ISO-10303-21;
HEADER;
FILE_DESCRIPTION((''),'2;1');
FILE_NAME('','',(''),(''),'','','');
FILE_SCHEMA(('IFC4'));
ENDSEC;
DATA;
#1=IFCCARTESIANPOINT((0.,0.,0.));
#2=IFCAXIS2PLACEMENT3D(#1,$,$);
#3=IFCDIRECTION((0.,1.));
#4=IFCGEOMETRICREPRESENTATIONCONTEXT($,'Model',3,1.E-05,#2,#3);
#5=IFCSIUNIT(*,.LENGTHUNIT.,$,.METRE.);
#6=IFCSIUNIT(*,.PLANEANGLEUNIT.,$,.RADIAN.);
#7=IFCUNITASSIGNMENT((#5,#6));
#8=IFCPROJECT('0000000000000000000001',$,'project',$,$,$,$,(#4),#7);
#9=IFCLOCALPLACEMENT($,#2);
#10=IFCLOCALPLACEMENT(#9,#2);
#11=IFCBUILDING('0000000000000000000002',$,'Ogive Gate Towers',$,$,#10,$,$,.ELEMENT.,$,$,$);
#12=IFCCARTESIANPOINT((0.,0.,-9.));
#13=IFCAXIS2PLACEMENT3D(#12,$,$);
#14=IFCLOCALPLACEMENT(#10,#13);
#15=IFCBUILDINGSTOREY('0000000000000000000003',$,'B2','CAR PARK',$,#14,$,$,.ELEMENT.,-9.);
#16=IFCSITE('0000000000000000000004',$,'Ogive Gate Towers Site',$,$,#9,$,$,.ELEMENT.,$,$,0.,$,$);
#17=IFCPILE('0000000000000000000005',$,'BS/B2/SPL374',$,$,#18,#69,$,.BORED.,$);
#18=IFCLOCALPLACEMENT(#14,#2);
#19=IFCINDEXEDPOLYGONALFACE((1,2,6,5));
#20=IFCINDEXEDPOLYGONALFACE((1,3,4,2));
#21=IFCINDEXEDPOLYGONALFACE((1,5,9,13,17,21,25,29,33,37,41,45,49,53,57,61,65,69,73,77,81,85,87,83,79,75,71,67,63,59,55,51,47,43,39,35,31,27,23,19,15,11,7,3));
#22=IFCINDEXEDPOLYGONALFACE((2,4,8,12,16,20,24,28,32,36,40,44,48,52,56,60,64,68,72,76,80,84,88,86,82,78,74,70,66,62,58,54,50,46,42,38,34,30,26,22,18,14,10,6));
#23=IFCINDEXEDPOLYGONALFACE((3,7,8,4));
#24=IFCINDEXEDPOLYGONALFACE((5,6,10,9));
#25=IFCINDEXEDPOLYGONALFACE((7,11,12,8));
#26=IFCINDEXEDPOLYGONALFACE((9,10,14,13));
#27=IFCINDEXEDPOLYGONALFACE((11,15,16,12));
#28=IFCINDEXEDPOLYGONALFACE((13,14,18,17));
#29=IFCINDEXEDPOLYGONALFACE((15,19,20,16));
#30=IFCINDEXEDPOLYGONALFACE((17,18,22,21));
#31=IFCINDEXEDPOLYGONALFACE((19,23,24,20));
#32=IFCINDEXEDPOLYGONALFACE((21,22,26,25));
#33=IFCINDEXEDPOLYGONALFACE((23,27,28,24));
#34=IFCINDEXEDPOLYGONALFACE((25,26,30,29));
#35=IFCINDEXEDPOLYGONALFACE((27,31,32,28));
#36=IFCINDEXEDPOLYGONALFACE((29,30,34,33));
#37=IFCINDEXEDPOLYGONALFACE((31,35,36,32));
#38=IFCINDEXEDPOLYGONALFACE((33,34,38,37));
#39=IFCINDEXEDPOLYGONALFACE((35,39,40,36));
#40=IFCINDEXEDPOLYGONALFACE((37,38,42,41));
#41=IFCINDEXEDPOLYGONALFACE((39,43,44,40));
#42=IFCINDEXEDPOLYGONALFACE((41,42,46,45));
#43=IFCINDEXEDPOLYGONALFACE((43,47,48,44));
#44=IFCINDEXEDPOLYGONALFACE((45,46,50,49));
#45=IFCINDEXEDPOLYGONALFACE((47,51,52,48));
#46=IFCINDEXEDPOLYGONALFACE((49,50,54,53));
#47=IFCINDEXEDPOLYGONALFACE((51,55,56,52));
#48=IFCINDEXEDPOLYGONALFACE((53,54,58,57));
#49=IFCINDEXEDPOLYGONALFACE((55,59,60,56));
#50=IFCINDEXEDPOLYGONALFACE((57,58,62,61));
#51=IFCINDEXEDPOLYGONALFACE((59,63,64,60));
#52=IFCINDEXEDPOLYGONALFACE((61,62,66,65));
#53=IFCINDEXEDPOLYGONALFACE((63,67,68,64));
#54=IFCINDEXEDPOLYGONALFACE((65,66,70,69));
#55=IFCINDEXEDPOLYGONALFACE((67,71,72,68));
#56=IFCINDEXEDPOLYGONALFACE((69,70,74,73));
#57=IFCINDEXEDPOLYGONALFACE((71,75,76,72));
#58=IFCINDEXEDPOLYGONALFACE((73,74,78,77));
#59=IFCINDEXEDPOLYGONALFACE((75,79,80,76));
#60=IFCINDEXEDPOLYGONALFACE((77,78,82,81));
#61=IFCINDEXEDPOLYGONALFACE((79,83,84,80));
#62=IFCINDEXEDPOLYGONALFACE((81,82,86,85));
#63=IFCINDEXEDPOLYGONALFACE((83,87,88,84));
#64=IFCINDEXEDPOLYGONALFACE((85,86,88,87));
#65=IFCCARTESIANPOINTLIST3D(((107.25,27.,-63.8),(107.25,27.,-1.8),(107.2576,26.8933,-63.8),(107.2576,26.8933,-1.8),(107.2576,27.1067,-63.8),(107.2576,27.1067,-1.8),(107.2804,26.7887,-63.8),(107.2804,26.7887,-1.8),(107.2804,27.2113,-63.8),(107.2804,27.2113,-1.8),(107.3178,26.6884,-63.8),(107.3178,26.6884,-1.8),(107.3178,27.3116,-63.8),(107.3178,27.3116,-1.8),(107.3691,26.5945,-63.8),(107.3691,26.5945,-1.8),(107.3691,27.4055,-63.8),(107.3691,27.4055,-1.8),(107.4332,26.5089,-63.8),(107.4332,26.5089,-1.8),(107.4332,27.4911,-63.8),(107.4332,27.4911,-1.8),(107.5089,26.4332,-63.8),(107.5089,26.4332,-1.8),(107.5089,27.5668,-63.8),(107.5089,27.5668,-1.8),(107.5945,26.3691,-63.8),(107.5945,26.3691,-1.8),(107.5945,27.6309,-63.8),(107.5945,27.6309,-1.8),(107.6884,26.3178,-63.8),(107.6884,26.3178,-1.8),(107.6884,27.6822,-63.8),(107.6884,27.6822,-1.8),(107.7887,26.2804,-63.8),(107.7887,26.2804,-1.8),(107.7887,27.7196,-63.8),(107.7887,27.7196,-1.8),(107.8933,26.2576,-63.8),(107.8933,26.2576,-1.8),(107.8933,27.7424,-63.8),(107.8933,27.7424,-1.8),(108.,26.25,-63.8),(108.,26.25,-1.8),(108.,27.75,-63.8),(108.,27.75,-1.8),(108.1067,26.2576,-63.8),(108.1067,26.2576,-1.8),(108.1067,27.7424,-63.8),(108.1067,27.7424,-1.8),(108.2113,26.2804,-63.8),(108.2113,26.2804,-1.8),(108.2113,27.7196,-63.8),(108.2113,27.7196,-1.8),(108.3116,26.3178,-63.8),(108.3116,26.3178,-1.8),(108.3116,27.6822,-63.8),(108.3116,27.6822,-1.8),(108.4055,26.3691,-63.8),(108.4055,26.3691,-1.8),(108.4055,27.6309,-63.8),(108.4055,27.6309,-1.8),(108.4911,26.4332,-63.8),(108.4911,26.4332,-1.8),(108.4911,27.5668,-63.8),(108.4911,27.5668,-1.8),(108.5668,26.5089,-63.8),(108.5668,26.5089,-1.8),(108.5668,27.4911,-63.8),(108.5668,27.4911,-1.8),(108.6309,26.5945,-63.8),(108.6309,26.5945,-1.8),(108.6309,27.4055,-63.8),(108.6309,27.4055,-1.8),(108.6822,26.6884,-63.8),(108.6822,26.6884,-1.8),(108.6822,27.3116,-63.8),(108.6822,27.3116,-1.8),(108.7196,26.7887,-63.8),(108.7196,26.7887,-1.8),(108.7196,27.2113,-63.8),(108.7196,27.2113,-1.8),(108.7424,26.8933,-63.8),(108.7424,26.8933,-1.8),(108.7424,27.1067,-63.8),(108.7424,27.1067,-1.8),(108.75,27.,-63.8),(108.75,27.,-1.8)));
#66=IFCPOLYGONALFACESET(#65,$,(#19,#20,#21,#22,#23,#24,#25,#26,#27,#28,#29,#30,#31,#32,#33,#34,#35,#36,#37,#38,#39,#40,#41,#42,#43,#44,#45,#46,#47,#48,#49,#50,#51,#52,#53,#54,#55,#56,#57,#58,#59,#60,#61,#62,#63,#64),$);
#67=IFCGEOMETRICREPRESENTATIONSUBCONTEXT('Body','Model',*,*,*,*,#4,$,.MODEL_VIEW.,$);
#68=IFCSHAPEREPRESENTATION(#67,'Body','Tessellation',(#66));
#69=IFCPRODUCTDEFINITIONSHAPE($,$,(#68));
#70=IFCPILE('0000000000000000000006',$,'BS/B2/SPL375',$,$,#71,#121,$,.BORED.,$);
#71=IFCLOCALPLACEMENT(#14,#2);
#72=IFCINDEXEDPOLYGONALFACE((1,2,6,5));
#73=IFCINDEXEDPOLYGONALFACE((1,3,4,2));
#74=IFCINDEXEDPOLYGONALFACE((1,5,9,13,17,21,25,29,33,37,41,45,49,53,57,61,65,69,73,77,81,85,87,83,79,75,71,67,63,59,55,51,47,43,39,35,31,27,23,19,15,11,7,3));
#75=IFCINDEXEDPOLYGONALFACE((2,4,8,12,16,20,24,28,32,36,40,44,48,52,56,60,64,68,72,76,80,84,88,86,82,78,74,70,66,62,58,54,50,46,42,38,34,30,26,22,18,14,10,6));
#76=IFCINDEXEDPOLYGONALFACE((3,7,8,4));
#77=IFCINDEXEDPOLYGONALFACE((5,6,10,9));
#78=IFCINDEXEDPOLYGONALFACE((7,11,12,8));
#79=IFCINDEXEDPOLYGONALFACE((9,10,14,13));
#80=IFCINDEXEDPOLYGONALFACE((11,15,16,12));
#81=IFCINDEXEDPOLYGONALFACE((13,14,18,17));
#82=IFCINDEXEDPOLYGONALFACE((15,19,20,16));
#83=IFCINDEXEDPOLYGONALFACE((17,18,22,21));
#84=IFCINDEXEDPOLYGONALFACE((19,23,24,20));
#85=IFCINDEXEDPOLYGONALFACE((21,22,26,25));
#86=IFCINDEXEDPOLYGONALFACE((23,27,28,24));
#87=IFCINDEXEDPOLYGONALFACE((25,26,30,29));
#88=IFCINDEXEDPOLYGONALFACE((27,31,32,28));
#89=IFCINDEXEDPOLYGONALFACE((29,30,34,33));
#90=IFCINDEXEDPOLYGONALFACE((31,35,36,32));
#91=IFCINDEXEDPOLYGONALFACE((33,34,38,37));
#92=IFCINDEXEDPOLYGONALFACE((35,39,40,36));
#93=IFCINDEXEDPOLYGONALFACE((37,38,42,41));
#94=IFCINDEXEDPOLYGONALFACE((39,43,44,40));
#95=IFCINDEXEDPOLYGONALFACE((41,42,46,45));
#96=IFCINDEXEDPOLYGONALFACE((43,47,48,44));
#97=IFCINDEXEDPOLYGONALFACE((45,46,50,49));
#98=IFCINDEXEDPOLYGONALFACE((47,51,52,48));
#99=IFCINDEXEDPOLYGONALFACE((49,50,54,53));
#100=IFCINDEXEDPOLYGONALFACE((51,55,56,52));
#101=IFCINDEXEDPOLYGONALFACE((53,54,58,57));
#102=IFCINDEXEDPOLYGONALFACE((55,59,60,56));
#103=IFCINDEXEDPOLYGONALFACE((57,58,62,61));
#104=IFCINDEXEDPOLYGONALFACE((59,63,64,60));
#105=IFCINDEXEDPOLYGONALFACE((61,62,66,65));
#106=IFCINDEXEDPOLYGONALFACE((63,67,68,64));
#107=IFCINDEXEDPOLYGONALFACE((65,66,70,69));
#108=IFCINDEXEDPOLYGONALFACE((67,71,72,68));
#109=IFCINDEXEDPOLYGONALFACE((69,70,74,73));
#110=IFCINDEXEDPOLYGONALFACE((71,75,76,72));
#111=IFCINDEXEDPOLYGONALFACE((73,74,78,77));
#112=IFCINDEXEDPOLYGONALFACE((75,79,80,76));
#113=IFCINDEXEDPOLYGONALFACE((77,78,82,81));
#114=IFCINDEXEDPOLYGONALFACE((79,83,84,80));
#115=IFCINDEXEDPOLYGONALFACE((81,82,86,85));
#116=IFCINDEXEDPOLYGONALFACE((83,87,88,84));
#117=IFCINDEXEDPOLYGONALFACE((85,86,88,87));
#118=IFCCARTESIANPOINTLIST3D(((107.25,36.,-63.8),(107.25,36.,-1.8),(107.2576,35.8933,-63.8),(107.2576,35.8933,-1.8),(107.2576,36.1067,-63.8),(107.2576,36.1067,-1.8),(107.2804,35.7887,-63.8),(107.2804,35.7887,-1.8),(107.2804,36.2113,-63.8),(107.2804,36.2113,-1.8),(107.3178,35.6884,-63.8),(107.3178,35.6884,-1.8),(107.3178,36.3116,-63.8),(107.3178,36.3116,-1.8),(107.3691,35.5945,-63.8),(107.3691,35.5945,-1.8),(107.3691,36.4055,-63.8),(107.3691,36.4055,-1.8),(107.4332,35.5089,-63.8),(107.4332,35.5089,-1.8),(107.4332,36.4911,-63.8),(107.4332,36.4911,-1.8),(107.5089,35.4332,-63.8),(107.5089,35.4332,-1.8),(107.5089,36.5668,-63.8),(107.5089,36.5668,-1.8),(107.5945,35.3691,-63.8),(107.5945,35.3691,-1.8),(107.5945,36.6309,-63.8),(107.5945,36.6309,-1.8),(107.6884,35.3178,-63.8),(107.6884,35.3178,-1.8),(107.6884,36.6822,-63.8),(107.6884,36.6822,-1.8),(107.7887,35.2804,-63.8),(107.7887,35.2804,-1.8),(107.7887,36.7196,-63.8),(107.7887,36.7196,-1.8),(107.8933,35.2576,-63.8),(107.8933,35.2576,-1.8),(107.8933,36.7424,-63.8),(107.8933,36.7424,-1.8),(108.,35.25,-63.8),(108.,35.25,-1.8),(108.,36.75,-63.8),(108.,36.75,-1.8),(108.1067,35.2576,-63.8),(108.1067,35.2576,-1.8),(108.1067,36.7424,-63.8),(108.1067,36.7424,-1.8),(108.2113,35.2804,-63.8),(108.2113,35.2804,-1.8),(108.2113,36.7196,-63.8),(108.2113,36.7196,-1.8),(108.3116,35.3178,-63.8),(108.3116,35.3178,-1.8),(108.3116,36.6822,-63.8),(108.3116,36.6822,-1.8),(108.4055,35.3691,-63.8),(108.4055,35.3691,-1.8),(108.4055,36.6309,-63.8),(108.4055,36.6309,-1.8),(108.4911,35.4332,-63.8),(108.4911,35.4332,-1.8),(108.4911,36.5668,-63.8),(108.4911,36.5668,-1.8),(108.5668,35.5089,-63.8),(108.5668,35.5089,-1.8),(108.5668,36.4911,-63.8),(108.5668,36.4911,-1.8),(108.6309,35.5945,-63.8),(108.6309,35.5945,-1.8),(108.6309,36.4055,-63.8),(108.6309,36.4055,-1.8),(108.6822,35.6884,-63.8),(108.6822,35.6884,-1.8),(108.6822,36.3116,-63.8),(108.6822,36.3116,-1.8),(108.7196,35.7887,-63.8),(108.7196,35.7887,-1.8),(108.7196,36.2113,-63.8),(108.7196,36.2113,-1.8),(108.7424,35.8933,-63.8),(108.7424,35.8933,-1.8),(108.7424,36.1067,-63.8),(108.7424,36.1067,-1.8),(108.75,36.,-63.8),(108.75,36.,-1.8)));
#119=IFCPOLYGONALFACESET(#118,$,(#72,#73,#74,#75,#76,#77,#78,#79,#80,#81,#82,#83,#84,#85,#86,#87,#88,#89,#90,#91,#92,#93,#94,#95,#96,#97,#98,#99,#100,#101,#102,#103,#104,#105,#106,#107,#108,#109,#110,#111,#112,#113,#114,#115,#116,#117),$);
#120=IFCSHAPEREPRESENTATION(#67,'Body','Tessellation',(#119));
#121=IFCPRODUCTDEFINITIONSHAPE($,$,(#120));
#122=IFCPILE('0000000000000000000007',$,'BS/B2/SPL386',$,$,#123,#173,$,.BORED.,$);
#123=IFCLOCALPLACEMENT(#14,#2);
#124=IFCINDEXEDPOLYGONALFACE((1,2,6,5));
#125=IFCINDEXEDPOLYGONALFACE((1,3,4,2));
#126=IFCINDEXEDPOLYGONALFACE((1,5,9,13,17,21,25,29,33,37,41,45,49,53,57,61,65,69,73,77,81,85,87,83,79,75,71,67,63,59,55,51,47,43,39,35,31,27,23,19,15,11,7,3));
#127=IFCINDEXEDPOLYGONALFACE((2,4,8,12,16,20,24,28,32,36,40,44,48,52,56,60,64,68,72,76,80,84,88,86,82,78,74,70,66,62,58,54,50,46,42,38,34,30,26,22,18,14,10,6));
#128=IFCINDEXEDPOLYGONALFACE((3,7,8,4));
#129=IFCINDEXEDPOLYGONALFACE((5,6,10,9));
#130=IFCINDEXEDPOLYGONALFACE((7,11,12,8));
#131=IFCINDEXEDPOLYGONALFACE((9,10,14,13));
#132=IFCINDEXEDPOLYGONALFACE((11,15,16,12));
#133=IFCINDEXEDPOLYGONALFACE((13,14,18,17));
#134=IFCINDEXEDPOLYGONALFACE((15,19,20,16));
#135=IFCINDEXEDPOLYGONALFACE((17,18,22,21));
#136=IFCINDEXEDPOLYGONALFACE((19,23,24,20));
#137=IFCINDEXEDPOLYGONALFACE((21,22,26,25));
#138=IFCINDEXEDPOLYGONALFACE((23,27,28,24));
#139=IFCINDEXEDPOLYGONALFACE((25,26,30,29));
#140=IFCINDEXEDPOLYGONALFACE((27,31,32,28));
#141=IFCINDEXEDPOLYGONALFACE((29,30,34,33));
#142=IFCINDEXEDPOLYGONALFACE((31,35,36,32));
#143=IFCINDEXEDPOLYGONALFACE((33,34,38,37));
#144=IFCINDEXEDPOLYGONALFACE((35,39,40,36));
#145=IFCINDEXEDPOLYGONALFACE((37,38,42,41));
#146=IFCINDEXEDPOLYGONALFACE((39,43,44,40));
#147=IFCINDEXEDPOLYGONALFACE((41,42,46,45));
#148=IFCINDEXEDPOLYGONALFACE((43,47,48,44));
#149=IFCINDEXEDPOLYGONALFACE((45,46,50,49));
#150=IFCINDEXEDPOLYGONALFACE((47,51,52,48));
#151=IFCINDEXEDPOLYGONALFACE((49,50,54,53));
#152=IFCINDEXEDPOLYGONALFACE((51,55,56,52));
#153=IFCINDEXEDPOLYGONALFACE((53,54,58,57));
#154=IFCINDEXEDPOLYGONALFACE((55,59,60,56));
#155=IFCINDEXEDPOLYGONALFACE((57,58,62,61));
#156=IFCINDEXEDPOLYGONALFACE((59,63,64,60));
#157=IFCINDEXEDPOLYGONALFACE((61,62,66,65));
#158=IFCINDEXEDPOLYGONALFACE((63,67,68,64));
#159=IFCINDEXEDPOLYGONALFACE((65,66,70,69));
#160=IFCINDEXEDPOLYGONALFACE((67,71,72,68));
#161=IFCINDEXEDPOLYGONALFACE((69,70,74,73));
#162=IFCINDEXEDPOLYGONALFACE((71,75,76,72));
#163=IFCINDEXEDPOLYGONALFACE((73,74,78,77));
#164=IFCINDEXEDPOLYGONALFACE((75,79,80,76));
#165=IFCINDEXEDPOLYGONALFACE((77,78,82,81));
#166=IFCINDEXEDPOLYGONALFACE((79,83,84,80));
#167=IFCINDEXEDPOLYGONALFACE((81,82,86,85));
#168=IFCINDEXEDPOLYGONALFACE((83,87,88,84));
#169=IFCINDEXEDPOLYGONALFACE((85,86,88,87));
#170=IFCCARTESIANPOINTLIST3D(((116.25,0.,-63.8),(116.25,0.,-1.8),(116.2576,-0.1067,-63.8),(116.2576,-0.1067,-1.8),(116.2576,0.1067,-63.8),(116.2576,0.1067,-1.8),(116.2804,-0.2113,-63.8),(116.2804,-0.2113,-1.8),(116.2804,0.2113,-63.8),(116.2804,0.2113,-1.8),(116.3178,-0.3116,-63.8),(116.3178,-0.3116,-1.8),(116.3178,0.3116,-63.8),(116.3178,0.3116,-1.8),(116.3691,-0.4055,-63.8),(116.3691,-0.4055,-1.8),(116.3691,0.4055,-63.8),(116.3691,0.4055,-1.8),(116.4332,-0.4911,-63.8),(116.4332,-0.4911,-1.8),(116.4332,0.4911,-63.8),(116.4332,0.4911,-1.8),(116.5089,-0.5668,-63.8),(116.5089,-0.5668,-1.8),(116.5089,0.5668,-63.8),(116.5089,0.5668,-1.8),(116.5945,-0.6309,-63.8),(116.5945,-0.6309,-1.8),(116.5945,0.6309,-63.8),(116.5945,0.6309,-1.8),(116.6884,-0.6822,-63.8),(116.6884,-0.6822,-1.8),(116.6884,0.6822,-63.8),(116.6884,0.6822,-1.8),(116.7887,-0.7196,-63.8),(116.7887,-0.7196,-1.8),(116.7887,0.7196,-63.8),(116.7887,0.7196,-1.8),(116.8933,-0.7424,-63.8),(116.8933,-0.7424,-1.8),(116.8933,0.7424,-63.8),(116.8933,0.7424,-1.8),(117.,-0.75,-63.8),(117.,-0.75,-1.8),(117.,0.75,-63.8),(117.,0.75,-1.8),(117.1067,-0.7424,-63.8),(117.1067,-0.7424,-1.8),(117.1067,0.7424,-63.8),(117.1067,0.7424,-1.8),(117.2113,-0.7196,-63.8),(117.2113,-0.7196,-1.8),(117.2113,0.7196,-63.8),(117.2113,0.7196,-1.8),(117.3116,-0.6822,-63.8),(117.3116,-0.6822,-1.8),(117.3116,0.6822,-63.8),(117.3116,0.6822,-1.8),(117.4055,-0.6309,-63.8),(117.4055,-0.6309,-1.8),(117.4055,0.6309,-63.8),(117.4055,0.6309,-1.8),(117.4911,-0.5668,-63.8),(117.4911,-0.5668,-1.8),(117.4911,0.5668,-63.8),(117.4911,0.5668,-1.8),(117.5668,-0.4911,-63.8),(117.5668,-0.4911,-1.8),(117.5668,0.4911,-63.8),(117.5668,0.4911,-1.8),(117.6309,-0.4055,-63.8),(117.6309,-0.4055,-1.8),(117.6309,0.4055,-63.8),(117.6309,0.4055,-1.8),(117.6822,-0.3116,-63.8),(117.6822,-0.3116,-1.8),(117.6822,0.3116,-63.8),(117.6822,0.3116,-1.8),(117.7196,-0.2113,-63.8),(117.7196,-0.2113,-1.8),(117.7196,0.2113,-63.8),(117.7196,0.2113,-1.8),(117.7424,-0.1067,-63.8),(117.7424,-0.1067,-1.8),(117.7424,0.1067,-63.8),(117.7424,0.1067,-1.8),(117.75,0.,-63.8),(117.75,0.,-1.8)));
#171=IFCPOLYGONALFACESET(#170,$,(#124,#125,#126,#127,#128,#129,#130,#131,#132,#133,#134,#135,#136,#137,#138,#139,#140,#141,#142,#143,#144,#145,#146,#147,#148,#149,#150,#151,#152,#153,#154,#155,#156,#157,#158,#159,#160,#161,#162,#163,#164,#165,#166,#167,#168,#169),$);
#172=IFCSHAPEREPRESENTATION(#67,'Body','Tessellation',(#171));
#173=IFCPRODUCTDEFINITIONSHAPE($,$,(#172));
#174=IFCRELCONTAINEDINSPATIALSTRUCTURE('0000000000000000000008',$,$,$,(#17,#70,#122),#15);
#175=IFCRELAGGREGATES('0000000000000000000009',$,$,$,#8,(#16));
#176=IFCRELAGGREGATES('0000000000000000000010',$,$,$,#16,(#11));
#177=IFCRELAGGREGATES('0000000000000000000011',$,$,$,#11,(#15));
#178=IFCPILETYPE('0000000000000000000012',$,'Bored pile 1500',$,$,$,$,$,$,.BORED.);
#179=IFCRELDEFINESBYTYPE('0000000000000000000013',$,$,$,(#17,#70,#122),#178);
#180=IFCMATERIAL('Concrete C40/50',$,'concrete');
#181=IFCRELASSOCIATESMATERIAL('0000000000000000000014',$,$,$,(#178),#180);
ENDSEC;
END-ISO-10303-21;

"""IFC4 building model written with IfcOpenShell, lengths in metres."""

from ifc_helpers import new_model, si_unit, direction, frame, origin, origin_2d, place, context, subcontext, project, spatial, circle, extrude, material, material_profile, profile_set, type_object, element, save


model = new_model("IFC4")

# Units and contexts
model_context = context("Model", 3, precision=1e-05, world=origin(), true_north=direction((0.0, 1.0)))
body_context = subcontext(model_context, "Body", "Model", "MODEL_VIEW")
ifc_project = project(units=[si_unit("LENGTHUNIT", "METRE"), si_unit("PLANEANGLEUNIT", "RADIAN")], contexts=[model_context])

# Site, building, storey
site_placement = place(None, origin())
site = spatial("IfcSite", under=ifc_project, at=site_placement, Name="Ogive Gate Towers Site", CompositionType="ELEMENT", RefElevation=0.0)
building_placement = place(site_placement, origin())
building = spatial("IfcBuilding", under=site, at=building_placement, Name="Ogive Gate Towers", CompositionType="ELEMENT")
storey_placement = place(building_placement, frame((0.0, 0.0, -9.0)))
storey = spatial("IfcBuildingStorey", under=building, at=storey_placement, Name="B2", Description="CAR PARK", CompositionType="ELEMENT", Elevation=-9.0)

# Piles
ifc_material_1 = material(Name="Concrete C40/50", Category="concrete")
ifc_material_profile_1 = material_profile(ifc_material_1, circle(Radius=0.75, at=origin_2d()), Name="BP 1500")
ifc_profile_set_1 = profile_set([ifc_material_profile_1], Name="Concrete C40/50")
pile_type = type_object("IfcPileType", Name="Bored pile 1500", PredefinedType="BORED", material=ifc_profile_set_1)
for number, where, z_axis, x_axis, name in (
    (1, (108.0, 27.0, -1.8), (0.0, 0.0, -1.0), (1.0, 0.0, 0.0), "BS/B2/SPL374"),
    (2, (108.0, 36.0, -1.8), (0.0, 0.0, -1.0), (1.0, 0.0, 0.0), "BS/B2/SPL375"),
    (3, (117.0, 0.0, -1.8), (0.0, 0.0, -1.0), (1.0, 0.0, 0.0), "BS/B2/SPL386"),
):
    element("IfcPile", number, at=place(storey_placement, frame(where, z_axis=z_axis, x_axis=x_axis)), inside=storey, type_object=pile_type, Name=name, PredefinedType="BORED", context=body_context, shape_type="SweptSolid", body=[
        extrude(circle(Radius=0.75, at=origin_2d()), origin(), (0.0, 0.0, 1.0), 62.0),
    ])

save(model, "model.ifc")
